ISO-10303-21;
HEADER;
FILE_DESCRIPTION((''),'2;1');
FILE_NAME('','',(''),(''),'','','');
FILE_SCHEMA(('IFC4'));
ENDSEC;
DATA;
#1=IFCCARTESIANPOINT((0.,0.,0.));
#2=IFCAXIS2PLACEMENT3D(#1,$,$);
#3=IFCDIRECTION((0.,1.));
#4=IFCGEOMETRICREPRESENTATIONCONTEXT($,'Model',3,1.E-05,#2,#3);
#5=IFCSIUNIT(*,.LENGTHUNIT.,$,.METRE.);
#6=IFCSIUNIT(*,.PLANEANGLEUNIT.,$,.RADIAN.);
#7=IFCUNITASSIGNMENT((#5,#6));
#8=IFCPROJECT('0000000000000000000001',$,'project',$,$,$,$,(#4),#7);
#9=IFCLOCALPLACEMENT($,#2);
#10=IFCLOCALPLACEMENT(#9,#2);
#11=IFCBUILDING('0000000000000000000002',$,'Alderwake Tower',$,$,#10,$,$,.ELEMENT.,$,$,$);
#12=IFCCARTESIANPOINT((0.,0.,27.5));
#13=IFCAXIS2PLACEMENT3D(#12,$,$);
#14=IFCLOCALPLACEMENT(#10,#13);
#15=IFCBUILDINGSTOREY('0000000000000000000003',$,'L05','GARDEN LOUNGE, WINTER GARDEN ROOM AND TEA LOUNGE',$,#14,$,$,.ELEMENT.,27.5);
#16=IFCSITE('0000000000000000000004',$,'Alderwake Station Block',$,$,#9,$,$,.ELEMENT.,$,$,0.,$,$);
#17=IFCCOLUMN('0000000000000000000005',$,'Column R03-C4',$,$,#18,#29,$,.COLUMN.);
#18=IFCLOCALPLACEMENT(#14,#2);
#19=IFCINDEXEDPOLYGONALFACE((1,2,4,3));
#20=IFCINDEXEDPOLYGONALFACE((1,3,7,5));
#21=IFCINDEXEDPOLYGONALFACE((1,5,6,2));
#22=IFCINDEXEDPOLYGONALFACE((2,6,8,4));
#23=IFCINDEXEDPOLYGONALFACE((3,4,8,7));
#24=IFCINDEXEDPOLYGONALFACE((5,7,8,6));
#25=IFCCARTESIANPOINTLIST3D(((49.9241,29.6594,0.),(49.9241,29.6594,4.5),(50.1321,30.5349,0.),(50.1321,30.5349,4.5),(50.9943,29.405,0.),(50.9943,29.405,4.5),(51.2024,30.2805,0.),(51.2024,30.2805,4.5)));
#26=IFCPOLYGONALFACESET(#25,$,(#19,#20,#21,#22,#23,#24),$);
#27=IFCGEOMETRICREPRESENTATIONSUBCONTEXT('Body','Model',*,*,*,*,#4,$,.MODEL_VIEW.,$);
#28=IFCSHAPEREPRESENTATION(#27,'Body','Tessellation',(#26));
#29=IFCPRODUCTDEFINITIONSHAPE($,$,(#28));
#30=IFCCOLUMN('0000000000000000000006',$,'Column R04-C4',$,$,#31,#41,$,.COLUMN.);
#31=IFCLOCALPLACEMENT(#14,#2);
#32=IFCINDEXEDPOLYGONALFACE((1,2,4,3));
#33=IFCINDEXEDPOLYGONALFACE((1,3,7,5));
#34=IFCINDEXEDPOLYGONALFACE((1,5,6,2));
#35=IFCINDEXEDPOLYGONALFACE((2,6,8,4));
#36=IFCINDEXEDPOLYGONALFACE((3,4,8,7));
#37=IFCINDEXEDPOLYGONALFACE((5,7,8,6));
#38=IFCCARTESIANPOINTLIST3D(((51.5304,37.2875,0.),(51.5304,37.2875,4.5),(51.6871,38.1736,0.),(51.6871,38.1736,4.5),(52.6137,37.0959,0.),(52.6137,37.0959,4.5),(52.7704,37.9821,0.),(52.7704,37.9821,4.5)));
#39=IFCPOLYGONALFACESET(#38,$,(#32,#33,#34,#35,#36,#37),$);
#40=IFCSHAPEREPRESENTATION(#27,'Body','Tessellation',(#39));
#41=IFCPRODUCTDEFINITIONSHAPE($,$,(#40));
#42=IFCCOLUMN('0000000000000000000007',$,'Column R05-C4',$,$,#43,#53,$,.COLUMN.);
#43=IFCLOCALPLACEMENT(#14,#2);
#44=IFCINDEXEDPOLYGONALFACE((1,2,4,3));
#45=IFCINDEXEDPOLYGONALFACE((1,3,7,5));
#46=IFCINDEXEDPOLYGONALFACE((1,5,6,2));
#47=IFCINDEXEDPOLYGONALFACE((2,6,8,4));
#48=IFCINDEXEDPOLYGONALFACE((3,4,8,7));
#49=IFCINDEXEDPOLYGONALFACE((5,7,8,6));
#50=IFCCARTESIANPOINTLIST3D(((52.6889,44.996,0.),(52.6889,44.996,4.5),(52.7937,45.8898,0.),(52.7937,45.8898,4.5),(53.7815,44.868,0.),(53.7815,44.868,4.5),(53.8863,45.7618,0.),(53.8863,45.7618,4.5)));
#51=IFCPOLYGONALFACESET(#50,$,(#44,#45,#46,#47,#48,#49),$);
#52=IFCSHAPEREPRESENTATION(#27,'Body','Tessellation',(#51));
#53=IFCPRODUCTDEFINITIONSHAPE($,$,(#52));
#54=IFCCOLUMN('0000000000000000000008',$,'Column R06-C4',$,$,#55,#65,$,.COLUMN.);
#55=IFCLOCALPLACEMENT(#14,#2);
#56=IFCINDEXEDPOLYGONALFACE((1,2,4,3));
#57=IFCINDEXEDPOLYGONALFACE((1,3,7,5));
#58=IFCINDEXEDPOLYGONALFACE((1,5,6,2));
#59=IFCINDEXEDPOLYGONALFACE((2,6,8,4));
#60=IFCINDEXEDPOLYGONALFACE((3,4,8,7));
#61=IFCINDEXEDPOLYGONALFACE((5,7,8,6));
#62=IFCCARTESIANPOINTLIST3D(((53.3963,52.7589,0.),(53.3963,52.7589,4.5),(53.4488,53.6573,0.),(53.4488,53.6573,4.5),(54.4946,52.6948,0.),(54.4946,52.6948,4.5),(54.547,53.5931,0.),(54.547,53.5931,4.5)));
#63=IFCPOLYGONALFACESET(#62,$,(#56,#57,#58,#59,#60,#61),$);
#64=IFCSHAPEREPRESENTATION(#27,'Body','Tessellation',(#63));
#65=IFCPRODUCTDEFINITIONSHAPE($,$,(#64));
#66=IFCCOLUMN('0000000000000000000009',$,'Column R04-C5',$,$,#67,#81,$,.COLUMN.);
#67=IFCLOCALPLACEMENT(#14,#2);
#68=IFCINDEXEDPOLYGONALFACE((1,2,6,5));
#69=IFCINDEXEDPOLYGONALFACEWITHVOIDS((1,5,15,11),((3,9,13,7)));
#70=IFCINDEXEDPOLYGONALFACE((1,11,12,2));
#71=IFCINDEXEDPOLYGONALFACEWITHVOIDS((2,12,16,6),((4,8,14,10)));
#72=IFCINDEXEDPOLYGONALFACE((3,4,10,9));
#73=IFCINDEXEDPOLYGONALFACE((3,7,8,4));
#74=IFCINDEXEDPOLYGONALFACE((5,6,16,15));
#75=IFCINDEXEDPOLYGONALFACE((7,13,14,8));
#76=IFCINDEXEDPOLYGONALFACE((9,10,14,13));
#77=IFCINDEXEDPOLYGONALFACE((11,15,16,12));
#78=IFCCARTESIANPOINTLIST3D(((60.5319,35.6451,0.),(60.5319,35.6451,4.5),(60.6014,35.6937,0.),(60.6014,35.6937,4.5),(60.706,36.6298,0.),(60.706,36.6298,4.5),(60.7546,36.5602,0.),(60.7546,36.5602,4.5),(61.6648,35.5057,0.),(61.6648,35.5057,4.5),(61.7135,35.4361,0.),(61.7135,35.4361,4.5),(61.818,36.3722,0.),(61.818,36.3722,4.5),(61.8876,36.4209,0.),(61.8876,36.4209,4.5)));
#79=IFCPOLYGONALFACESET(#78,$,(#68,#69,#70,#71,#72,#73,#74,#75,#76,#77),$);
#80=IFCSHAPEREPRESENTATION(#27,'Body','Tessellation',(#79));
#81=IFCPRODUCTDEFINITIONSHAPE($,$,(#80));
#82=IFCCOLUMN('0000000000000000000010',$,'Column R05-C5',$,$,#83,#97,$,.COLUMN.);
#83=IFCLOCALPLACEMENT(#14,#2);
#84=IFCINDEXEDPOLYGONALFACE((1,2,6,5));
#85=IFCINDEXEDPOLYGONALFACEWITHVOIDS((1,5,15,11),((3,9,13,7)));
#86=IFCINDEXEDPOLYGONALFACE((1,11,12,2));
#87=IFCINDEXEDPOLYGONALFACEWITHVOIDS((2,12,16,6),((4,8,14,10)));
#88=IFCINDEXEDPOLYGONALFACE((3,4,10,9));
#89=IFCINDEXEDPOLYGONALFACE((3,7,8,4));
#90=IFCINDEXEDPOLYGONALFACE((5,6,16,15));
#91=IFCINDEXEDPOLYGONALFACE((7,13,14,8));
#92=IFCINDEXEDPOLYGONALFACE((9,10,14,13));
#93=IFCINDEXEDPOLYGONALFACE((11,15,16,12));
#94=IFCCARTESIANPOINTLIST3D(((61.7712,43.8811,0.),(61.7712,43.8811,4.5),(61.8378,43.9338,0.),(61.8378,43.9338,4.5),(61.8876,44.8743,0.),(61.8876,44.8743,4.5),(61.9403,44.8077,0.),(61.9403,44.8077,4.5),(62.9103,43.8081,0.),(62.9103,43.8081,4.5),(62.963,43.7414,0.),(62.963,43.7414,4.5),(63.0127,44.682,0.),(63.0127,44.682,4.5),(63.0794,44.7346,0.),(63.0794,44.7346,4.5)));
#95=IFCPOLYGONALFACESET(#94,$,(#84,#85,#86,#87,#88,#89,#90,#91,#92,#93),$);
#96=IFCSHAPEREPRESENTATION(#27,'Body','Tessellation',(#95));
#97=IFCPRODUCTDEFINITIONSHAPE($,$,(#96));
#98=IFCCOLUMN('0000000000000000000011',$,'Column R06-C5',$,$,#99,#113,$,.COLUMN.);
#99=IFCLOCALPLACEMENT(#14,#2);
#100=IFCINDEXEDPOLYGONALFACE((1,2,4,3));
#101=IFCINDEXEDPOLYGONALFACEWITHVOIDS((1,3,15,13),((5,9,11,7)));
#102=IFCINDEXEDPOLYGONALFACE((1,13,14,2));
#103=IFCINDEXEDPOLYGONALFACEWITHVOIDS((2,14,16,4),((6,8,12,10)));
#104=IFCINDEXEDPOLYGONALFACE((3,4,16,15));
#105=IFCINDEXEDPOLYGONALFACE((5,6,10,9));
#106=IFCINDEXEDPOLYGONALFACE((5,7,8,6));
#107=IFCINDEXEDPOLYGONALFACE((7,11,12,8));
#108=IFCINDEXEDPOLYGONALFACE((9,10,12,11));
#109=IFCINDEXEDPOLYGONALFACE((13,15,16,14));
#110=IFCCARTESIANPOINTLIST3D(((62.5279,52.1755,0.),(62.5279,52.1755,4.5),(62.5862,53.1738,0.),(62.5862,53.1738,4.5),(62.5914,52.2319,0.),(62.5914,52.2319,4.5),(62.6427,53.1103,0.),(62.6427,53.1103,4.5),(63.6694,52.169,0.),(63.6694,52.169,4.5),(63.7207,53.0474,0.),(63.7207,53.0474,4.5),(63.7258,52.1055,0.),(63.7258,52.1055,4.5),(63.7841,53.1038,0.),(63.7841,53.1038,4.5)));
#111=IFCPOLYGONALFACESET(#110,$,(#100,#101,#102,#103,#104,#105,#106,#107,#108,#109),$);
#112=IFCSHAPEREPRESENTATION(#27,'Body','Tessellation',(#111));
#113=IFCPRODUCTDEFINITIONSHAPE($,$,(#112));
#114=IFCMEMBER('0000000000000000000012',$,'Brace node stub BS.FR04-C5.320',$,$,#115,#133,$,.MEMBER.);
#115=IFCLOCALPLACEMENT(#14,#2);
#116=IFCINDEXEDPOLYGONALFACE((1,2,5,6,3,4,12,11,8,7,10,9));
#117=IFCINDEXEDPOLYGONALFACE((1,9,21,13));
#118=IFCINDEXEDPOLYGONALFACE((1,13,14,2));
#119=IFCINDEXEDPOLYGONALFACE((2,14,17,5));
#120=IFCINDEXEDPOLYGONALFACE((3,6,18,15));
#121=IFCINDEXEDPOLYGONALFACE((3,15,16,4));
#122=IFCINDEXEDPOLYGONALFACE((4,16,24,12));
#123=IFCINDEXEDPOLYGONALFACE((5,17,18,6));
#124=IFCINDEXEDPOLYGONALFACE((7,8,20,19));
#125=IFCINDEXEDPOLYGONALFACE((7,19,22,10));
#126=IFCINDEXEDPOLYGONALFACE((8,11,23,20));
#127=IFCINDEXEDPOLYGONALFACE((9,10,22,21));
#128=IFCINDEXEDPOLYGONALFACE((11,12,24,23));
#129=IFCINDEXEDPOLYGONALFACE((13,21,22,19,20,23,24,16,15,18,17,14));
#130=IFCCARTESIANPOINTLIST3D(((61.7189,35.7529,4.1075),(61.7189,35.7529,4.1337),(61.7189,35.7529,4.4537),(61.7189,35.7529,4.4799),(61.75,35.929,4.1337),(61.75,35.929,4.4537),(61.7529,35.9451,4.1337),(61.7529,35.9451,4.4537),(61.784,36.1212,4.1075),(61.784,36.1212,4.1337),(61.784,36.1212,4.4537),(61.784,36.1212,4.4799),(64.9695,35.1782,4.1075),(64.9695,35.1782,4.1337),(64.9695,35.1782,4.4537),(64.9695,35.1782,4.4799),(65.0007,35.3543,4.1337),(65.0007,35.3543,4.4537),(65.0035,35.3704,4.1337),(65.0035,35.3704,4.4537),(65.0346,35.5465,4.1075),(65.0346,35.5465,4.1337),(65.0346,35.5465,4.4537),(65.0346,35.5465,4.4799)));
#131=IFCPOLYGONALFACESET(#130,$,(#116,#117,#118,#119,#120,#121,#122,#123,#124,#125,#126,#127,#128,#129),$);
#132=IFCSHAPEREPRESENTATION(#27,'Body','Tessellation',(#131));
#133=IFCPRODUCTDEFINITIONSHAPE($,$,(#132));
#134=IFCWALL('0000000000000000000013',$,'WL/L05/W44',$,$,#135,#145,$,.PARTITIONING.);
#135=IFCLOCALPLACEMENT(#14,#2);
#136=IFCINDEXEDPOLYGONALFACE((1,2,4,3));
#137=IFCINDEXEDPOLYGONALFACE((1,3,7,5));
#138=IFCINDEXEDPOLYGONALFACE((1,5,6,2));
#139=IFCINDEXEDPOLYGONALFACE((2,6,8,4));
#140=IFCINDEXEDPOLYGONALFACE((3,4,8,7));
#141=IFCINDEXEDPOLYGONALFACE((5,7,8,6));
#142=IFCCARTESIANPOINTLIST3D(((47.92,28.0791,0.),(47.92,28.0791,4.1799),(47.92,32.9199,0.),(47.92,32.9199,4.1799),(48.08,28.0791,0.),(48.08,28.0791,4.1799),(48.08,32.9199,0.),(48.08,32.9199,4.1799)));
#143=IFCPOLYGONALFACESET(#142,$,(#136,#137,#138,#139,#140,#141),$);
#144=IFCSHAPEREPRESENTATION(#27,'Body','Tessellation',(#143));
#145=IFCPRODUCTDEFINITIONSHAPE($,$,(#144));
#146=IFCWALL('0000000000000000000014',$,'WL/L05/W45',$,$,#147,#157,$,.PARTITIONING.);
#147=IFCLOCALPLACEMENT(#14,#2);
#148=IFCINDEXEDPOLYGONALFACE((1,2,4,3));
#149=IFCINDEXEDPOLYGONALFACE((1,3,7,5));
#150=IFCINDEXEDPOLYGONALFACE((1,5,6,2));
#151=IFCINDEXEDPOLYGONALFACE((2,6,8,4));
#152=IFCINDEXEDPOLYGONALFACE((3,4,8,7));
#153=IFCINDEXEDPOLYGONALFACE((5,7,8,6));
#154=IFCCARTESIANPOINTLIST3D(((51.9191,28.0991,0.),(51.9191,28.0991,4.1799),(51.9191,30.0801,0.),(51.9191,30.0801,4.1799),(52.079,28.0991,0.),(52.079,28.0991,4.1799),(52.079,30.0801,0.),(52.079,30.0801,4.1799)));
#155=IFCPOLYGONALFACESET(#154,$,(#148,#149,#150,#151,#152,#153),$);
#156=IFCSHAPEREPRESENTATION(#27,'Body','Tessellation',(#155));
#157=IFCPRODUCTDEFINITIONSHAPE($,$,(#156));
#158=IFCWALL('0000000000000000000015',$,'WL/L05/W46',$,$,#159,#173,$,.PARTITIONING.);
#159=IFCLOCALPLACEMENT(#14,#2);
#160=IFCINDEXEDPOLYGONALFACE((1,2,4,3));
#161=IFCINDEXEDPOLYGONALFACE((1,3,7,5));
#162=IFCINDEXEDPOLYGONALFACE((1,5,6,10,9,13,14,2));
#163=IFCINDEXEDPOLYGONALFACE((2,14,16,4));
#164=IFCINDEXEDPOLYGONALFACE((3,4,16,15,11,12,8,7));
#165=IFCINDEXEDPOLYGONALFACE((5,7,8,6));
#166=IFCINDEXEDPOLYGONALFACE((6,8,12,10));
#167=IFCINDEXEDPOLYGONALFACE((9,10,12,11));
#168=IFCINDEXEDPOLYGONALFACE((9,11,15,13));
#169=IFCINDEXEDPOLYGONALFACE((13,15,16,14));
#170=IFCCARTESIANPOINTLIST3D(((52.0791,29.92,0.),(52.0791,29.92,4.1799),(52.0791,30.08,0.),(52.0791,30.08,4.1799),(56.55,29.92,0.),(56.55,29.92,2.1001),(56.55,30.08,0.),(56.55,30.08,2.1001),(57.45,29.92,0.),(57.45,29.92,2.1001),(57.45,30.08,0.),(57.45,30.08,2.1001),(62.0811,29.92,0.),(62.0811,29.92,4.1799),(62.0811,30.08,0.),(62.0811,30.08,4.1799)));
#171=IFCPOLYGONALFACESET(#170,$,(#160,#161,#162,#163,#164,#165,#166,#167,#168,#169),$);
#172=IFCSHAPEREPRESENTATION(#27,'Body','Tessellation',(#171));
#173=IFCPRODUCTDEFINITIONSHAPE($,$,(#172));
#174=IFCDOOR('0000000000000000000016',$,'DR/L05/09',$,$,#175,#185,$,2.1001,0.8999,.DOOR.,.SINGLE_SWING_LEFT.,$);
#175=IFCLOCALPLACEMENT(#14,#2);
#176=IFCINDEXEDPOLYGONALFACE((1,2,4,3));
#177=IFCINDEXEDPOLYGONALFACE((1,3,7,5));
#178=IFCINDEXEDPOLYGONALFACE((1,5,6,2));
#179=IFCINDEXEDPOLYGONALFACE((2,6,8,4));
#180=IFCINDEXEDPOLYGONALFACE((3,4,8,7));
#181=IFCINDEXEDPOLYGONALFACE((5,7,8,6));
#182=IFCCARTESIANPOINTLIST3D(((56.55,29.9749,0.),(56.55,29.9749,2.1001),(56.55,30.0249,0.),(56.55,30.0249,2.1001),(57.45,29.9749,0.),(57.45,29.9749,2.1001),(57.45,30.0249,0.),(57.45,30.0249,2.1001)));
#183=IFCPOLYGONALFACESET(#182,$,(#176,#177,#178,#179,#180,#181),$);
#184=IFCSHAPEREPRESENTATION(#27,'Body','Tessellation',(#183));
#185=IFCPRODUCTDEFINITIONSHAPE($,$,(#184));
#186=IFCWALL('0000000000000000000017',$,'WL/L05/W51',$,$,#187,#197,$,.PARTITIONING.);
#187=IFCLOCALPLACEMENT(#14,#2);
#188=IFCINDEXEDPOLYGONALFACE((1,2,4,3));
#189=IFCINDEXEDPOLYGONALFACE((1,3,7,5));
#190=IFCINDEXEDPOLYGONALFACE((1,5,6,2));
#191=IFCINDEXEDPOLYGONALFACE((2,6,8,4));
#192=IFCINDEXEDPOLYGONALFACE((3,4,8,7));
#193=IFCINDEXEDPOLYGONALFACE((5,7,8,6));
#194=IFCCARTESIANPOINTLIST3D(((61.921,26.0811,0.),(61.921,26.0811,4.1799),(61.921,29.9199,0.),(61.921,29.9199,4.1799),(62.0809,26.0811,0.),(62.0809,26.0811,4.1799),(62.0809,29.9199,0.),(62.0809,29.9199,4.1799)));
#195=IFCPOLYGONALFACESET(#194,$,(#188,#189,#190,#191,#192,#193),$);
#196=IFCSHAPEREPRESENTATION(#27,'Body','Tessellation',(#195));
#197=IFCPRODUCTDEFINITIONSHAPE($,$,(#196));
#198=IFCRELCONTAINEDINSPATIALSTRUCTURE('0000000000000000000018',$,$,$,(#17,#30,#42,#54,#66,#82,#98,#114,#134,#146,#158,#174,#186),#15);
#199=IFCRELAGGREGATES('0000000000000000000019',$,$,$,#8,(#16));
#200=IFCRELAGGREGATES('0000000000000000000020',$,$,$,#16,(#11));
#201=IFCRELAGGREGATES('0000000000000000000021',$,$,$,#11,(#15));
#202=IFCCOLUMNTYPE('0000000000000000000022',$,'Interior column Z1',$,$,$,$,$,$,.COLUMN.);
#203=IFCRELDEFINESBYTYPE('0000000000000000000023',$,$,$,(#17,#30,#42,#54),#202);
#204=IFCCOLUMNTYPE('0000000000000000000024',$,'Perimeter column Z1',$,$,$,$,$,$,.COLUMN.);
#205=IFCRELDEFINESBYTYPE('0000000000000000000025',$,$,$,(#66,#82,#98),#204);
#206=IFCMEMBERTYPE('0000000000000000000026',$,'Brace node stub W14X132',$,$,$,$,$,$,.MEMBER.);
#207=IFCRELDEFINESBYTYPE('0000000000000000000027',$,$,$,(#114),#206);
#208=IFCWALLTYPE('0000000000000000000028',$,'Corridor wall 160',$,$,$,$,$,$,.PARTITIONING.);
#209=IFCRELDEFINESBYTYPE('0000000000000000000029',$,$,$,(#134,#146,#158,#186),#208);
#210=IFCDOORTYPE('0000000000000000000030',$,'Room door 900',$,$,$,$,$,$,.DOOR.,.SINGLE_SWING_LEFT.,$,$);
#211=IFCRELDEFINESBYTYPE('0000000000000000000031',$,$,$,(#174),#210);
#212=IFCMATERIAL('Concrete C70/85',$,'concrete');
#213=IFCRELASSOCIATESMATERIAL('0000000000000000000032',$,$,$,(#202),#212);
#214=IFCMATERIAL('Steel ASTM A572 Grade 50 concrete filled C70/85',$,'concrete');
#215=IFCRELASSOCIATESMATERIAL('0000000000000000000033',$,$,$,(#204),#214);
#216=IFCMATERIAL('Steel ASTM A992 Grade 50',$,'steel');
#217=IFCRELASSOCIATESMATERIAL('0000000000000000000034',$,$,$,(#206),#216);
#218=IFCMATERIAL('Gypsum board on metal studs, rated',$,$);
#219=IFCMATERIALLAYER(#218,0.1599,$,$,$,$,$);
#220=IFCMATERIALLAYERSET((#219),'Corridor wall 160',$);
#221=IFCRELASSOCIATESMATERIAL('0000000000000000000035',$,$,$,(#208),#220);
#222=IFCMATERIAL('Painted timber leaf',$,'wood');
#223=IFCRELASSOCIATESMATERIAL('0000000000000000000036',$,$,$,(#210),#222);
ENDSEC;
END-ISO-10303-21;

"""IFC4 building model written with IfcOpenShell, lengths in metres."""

from ifc_helpers import new_model, si_unit, direction, frame, frame_2d, origin, origin_2d, place, context, subcontext, project, spatial, rectangle, hollow_rectangle, i_section, extrude, material, layer, layer_set, material_profile, profile_set, type_object, element, fill, save


model = new_model("IFC4")

# Units and contexts
model_context = context("Model", 3, precision=1e-05, world=origin(), true_north=direction((0.0, 1.0)))
body_context = subcontext(model_context, "Body", "Model", "MODEL_VIEW")
ifc_project = project(units=[si_unit("LENGTHUNIT", "METRE"), si_unit("PLANEANGLEUNIT", "RADIAN")], contexts=[model_context])

# Site, building, storey
site_placement = place(None, origin())
site = spatial("IfcSite", under=ifc_project, at=site_placement, Name="Alderwake Station Block", CompositionType="ELEMENT", RefElevation=0.0)
building_placement = place(site_placement, origin())
building = spatial("IfcBuilding", under=site, at=building_placement, Name="Alderwake Tower", CompositionType="ELEMENT")
storey_placement = place(building_placement, frame((0.0, 0.0, 27.5)))
storey = spatial("IfcBuildingStorey", under=building, at=storey_placement, Name="L05", Description="GARDEN LOUNGE, WINTER GARDEN ROOM AND TEA LOUNGE", CompositionType="ELEMENT", Elevation=27.5)

# Columns
ifc_material_1 = material(Name="Concrete C70/85", Category="concrete")
ifc_material_profile_1 = material_profile(ifc_material_1, rectangle(XDim=0.8999, YDim=1.1001, at=origin_2d()), Name="RC 1100X900")
ifc_profile_set_1 = profile_set([ifc_material_profile_1], Name="Concrete C70/85")
column_type_1 = type_object("IfcColumnType", Name="Interior column Z1", PredefinedType="COLUMN", material=ifc_profile_set_1)
for number, where, z_axis, x_axis, name in (
    (1, (50.5632, 29.97, 0.0), (0.0, 0.0, 1.0), (0.231222, 0.972901, 0.0), "Column R03-C4"),
    (2, (52.1504, 37.6348, 0.0), (0.0, 0.0, 1.0), (0.174109, 0.984726, 0.0), "Column R04-C4"),
    (3, (53.2876, 45.3789, 0.0), (0.0, 0.0, 1.0), (0.116402, 0.993202, 0.0), "Column R05-C4"),
    (4, (53.9717, 53.176, 0.0), (0.0, 0.0, 1.0), (0.058301, 0.998299, 0.0), "Column R06-C4"),
):
    element("IfcColumn", number, at=place(storey_placement, frame(where, z_axis=z_axis, x_axis=x_axis)), inside=storey, type_object=column_type_1, Name=name, PredefinedType="COLUMN", context=body_context, shape_type="SweptSolid", body=[
        extrude(rectangle(XDim=0.8999, YDim=1.1001, at=origin_2d()), origin(), (0.0, 0.0, 1.0), 4.5),
    ])
ifc_material_2 = material(Name="Steel ASTM A572 Grade 50 concrete filled C70/85", Category="concrete")
ifc_material_profile_2 = material_profile(ifc_material_2, hollow_rectangle(XDim=1.0, YDim=1.2, WallThickness=0.0601, at=origin_2d()), Name="BOX 1200X1000X60")
ifc_profile_set_2 = profile_set([ifc_material_profile_2], Name="Steel ASTM A572 Grade 50 concrete filled C70/85")
column_type_2 = type_object("IfcColumnType", Name="Perimeter column Z1", PredefinedType="COLUMN", material=ifc_profile_set_2)
for number, where, z_axis, x_axis, name in (
    (5, (61.2097, 36.033, 0.0), (0.0, 0.0, 1.0), (0.174109, 0.984726, 0.0), "Column R04-C5"),
    (6, (62.4253, 44.3079, 0.0), (0.0, 0.0, 1.0), (0.116402, 0.993202, 0.0), "Column R05-C5"),
    (7, (63.156, 52.6396, 0.0), (0.0, 0.0, 1.0), (0.058301, 0.998299, 0.0), "Column R06-C5"),
):
    element("IfcColumn", number, at=place(storey_placement, frame(where, z_axis=z_axis, x_axis=x_axis)), inside=storey, type_object=column_type_2, Name=name, PredefinedType="COLUMN", context=body_context, shape_type="SweptSolid", body=[
        extrude(hollow_rectangle(XDim=1.0, YDim=1.2, WallThickness=0.0601, at=origin_2d()), origin(), (0.0, 0.0, 1.0), 4.5),
    ])

# Member
ifc_material_3 = material(Name="Steel ASTM A992 Grade 50", Category="steel")
ifc_material_profile_3 = material_profile(ifc_material_3, i_section(OverallWidth=0.374, OverallDepth=0.3723, WebThickness=0.0164, FlangeThickness=0.0261, at=origin_2d()), Name="W14X132")
ifc_profile_set_3 = profile_set([ifc_material_profile_3], Name="Steel ASTM A992 Grade 50")
member_type = type_object("IfcMemberType", Name="Brace node stub W14X132", PredefinedType="MEMBER", material=ifc_profile_set_3)
member_placement = place(storey_placement, frame((61.7515, 35.937, 4.2937), z_axis=(0.984729, -0.174093, 0.0), x_axis=(0.174093, 0.984729, 0.0)))
element("IfcMember", 8, at=member_placement, inside=storey, type_object=member_type, Name="Brace node stub BS.FR04-C5.320", PredefinedType="MEMBER", context=body_context, shape_type="SweptSolid", body=[
    extrude(i_section(OverallWidth=0.374, OverallDepth=0.3723, WebThickness=0.0164, FlangeThickness=0.0261, at=origin_2d()), origin(), (0.0, 0.0, 1.0), 3.301),
])

# Walls
ifc_material_4 = material(Name="Gypsum board on metal studs, rated")
ifc_layer_1 = layer(ifc_material_4, 0.1599)
ifc_layer_set_1 = layer_set([ifc_layer_1], Name="Corridor wall 160")
wall_type_1 = type_object("IfcWallType", Name="Corridor wall 160", PredefinedType="PARTITIONING", material=ifc_layer_set_1)
wall_1_placement = place(storey_placement, frame((48.0, 32.9199, 0.0), z_axis=(0.0, 0.0, 1.0), x_axis=(0.0, -1.0, 0.0)))
element("IfcWall", 9, at=wall_1_placement, inside=storey, type_object=wall_type_1, Name="WL/L05/W44", PredefinedType="PARTITIONING", context=body_context, shape_type="SweptSolid", body=[
    extrude(rectangle(XDim=4.8408, YDim=0.1599, at=frame_2d((2.4204, 0.0))), origin(), (0.0, 0.0, 1.0), 4.1799),
])
wall_2_placement = place(storey_placement, frame((51.999, 28.0991, 0.0), z_axis=(0.0, 0.0, 1.0), x_axis=(0.0, 1.0, 0.0)))
element("IfcWall", 10, at=wall_2_placement, inside=storey, type_object=wall_type_1, Name="WL/L05/W45", PredefinedType="PARTITIONING", context=body_context, shape_type="SweptSolid", body=[
    extrude(rectangle(XDim=1.981, YDim=0.1599, at=frame_2d((0.9905, 0.0))), origin(), (0.0, 0.0, 1.0), 4.1799),
])

# Wall, opening, door
wall_3_placement = place(storey_placement, frame((52.0791, 30.0, 0.0), z_axis=(0.0, 0.0, 1.0), x_axis=(1.0, 0.0, 0.0)))
wall_3 = element("IfcWall", 11, at=wall_3_placement, inside=storey, type_object=wall_type_1, Name="WL/L05/W46", PredefinedType="PARTITIONING", context=body_context, shape_type="SweptSolid", body=[
    extrude(rectangle(XDim=10.002, YDim=0.1599, at=frame_2d((5.001, 0.0))), origin(), (0.0, 0.0, 1.0), 4.1799),
])
opening_1_placement = place(wall_3_placement, frame((4.4709, 0.0, 0.0)))
opening_1 = element("IfcOpeningElement", 12, at=opening_1_placement, cuts=wall_3, PredefinedType="OPENING", context=body_context, shape_type="SweptSolid", body=[
    extrude(rectangle(XDim=0.8999, YDim=2.1001, at=frame_2d((0.45, 1.05))), frame((0.0, 0.0898, 0.0), z_axis=(0.0, -1.0, 0.0), x_axis=(1.0, 0.0, 0.0)), (0.0, 0.0, 1.0), 0.1799),
])
ifc_material_5 = material(Name="Painted timber leaf", Category="wood")
door_type_1 = type_object("IfcDoorType", Name="Room door 900", OperationType="SINGLE_SWING_LEFT", PredefinedType="DOOR", material=ifc_material_5)
door_1_placement = place(opening_1_placement, origin())
door_1 = element("IfcDoor", 13, at=door_1_placement, inside=storey, type_object=door_type_1, Name="DR/L05/09", OperationType="SINGLE_SWING_LEFT", OverallHeight=2.1001, OverallWidth=0.8999, PredefinedType="DOOR", context=body_context, shape_type="SweptSolid", body=[
    extrude(rectangle(XDim=0.8999, YDim=2.1001, at=frame_2d((0.45, 1.05))), frame((0.0, 0.0249, 0.0), z_axis=(0.0, -1.0, 0.0), x_axis=(1.0, 0.0, 0.0)), (0.0, 0.0, 1.0), 0.05),
])
fill(opening_1, door_1)

# Wall
wall_4_placement = place(storey_placement, frame((62.001, 29.9199, 0.0), z_axis=(0.0, 0.0, 1.0), x_axis=(0.0, -1.0, 0.0)))
element("IfcWall", 14, at=wall_4_placement, inside=storey, type_object=wall_type_1, Name="WL/L05/W51", PredefinedType="PARTITIONING", context=body_context, shape_type="SweptSolid", body=[
    extrude(rectangle(XDim=3.8389, YDim=0.1599, at=frame_2d((1.9194, 0.0))), origin(), (0.0, 0.0, 1.0), 4.1799),
])

save(model, "model.ifc")
